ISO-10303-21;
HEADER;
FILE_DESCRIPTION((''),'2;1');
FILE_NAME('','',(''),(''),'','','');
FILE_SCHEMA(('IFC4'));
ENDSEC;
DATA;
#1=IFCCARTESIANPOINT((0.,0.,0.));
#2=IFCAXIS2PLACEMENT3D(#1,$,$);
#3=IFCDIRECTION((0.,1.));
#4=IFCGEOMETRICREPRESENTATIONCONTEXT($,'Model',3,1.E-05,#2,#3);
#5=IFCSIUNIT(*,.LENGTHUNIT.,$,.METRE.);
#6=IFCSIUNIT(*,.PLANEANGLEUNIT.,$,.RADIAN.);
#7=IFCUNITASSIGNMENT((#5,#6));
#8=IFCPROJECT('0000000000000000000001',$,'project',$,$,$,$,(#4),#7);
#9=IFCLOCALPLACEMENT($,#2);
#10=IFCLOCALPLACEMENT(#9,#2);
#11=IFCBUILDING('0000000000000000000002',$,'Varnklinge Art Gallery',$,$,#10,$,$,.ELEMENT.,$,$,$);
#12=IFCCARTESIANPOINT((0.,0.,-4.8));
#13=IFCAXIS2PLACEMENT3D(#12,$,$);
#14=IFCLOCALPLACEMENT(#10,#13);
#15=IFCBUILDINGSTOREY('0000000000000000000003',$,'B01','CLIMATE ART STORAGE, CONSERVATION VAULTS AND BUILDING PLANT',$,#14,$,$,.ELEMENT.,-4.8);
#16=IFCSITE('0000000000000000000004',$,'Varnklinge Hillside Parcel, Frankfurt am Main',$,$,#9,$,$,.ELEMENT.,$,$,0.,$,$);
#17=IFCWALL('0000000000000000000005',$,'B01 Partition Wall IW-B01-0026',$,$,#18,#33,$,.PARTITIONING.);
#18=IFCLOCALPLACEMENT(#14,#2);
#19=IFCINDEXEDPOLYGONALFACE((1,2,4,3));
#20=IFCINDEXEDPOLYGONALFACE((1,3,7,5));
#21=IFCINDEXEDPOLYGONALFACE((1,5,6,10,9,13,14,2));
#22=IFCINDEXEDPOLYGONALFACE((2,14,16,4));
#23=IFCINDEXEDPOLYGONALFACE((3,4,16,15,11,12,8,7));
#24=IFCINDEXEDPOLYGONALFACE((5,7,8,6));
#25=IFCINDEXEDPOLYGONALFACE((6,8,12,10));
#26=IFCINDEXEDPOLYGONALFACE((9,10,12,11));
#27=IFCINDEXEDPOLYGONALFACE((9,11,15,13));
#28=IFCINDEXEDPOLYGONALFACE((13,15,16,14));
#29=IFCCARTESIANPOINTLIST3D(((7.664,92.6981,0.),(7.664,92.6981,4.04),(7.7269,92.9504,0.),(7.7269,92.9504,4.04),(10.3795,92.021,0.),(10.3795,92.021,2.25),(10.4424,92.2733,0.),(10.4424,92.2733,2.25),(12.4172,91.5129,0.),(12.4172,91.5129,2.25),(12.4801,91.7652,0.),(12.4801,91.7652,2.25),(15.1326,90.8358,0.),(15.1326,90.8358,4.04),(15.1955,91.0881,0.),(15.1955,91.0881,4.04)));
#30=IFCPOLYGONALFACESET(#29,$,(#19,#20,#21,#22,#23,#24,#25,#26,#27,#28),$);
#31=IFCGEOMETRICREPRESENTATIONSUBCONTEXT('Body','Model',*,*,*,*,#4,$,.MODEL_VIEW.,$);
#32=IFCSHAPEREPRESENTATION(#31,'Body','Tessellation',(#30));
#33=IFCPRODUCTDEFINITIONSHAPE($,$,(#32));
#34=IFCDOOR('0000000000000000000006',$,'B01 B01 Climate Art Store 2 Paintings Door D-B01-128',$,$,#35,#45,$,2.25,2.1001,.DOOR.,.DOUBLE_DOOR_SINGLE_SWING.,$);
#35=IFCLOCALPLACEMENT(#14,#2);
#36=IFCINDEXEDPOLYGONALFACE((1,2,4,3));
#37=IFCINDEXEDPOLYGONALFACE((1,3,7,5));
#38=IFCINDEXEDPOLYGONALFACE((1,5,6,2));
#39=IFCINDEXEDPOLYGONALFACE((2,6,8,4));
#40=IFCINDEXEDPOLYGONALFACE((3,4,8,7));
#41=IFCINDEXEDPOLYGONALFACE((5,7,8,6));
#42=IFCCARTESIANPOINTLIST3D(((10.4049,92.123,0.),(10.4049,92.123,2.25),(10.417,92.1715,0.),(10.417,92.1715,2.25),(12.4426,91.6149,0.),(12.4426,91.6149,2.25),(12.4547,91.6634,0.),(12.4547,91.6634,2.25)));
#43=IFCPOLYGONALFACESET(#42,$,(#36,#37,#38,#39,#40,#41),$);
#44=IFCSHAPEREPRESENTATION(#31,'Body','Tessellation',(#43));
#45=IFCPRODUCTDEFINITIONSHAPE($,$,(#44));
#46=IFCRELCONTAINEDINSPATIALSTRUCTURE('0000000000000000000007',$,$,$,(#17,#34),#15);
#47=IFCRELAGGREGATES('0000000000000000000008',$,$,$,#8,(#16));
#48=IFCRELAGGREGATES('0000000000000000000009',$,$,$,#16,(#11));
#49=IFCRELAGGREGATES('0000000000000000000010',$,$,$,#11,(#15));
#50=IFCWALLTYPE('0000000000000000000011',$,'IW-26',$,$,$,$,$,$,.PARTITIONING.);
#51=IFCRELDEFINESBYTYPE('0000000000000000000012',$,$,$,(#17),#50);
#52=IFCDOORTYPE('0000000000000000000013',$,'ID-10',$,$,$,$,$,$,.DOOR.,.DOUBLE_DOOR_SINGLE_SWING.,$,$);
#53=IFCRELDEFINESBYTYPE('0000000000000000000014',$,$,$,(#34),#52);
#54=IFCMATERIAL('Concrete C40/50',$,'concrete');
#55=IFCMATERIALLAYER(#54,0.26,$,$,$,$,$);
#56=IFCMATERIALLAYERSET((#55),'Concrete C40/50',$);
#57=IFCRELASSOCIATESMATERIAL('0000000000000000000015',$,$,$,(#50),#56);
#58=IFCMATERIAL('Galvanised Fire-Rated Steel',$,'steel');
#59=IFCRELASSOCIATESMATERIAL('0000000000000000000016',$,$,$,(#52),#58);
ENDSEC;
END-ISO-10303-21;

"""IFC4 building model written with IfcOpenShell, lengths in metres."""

from ifc_helpers import new_model, si_unit, direction, frame, frame_2d, origin, place, context, subcontext, project, spatial, rectangle, extrude, material, layer, layer_set, type_object, element, fill, save


model = new_model("IFC4")

# Units and contexts
model_context = context("Model", 3, precision=1e-05, world=origin(), true_north=direction((0.0, 1.0)))
body_context = subcontext(model_context, "Body", "Model", "MODEL_VIEW")
ifc_project = project(units=[si_unit("LENGTHUNIT", "METRE"), si_unit("PLANEANGLEUNIT", "RADIAN")], contexts=[model_context])

# Site, building, storey
site_placement = place(None, origin())
site = spatial("IfcSite", under=ifc_project, at=site_placement, Name="Varnklinge Hillside Parcel, Frankfurt am Main", CompositionType="ELEMENT", RefElevation=0.0)
building_placement = place(site_placement, origin())
building = spatial("IfcBuilding", under=site, at=building_placement, Name="Varnklinge Art Gallery", CompositionType="ELEMENT")
storey_placement = place(building_placement, frame((0.0, 0.0, -4.8)))
storey = spatial("IfcBuildingStorey", under=building, at=storey_placement, Name="B01", Description="CLIMATE ART STORAGE, CONSERVATION VAULTS AND BUILDING PLANT", CompositionType="ELEMENT", Elevation=-4.8)

# Wall, opening, door
ifc_material_1 = material(Name="Concrete C40/50", Category="concrete")
ifc_layer_1 = layer(ifc_material_1, 0.26)
ifc_layer_set_1 = layer_set([ifc_layer_1], Name="Concrete C40/50")
wall_type_1 = type_object("IfcWallType", Name="IW-26", PredefinedType="PARTITIONING", material=ifc_layer_set_1)
wall_1_placement = place(storey_placement, frame((15.1641, 90.9619, 0.0), z_axis=(0.0, 0.0, 1.0), x_axis=(-0.97029, 0.241946, 0.0)))
wall_1 = element("IfcWall", 1, at=wall_1_placement, inside=storey, type_object=wall_type_1, Name="B01 Partition Wall IW-B01-0026", PredefinedType="PARTITIONING", context=body_context, shape_type="SweptSolid", body=[
    extrude(rectangle(XDim=7.6973, YDim=0.26, at=frame_2d((3.8486, 0.0))), origin(), (0.0, 0.0, 1.0), 4.04),
])
opening_1_placement = place(wall_1_placement, frame((2.7986, 0.0, 0.0)))
opening_1 = element("IfcOpeningElement", 2, at=opening_1_placement, cuts=wall_1, PredefinedType="OPENING", context=body_context, shape_type="SweptSolid", body=[
    extrude(rectangle(XDim=2.1001, YDim=2.25, at=frame_2d((1.05, 1.125))), frame((0.0, 0.1399, 0.0), z_axis=(0.0, -1.0, 0.0), x_axis=(1.0, 0.0, 0.0)), (0.0, 0.0, 1.0), 0.28),
])
ifc_material_2 = material(Name="Galvanised Fire-Rated Steel", Category="steel")
door_type_1 = type_object("IfcDoorType", Name="ID-10", OperationType="DOUBLE_DOOR_SINGLE_SWING", PredefinedType="DOOR", material=ifc_material_2)
door_1_placement = place(opening_1_placement, origin())
door_1 = element("IfcDoor", 3, at=door_1_placement, inside=storey, type_object=door_type_1, Name="B01 B01 Climate Art Store 2 Paintings Door D-B01-128", OperationType="DOUBLE_DOOR_SINGLE_SWING", OverallHeight=2.25, OverallWidth=2.1001, PredefinedType="DOOR", context=body_context, shape_type="SweptSolid", body=[
    extrude(rectangle(XDim=2.1001, YDim=2.25, at=frame_2d((1.05, 1.125))), frame((0.0, 0.0249, 0.0), z_axis=(0.0, -1.0, 0.0), x_axis=(1.0, 0.0, 0.0)), (0.0, 0.0, 1.0), 0.05),
])
fill(opening_1, door_1)

save(model, "model.ifc")
